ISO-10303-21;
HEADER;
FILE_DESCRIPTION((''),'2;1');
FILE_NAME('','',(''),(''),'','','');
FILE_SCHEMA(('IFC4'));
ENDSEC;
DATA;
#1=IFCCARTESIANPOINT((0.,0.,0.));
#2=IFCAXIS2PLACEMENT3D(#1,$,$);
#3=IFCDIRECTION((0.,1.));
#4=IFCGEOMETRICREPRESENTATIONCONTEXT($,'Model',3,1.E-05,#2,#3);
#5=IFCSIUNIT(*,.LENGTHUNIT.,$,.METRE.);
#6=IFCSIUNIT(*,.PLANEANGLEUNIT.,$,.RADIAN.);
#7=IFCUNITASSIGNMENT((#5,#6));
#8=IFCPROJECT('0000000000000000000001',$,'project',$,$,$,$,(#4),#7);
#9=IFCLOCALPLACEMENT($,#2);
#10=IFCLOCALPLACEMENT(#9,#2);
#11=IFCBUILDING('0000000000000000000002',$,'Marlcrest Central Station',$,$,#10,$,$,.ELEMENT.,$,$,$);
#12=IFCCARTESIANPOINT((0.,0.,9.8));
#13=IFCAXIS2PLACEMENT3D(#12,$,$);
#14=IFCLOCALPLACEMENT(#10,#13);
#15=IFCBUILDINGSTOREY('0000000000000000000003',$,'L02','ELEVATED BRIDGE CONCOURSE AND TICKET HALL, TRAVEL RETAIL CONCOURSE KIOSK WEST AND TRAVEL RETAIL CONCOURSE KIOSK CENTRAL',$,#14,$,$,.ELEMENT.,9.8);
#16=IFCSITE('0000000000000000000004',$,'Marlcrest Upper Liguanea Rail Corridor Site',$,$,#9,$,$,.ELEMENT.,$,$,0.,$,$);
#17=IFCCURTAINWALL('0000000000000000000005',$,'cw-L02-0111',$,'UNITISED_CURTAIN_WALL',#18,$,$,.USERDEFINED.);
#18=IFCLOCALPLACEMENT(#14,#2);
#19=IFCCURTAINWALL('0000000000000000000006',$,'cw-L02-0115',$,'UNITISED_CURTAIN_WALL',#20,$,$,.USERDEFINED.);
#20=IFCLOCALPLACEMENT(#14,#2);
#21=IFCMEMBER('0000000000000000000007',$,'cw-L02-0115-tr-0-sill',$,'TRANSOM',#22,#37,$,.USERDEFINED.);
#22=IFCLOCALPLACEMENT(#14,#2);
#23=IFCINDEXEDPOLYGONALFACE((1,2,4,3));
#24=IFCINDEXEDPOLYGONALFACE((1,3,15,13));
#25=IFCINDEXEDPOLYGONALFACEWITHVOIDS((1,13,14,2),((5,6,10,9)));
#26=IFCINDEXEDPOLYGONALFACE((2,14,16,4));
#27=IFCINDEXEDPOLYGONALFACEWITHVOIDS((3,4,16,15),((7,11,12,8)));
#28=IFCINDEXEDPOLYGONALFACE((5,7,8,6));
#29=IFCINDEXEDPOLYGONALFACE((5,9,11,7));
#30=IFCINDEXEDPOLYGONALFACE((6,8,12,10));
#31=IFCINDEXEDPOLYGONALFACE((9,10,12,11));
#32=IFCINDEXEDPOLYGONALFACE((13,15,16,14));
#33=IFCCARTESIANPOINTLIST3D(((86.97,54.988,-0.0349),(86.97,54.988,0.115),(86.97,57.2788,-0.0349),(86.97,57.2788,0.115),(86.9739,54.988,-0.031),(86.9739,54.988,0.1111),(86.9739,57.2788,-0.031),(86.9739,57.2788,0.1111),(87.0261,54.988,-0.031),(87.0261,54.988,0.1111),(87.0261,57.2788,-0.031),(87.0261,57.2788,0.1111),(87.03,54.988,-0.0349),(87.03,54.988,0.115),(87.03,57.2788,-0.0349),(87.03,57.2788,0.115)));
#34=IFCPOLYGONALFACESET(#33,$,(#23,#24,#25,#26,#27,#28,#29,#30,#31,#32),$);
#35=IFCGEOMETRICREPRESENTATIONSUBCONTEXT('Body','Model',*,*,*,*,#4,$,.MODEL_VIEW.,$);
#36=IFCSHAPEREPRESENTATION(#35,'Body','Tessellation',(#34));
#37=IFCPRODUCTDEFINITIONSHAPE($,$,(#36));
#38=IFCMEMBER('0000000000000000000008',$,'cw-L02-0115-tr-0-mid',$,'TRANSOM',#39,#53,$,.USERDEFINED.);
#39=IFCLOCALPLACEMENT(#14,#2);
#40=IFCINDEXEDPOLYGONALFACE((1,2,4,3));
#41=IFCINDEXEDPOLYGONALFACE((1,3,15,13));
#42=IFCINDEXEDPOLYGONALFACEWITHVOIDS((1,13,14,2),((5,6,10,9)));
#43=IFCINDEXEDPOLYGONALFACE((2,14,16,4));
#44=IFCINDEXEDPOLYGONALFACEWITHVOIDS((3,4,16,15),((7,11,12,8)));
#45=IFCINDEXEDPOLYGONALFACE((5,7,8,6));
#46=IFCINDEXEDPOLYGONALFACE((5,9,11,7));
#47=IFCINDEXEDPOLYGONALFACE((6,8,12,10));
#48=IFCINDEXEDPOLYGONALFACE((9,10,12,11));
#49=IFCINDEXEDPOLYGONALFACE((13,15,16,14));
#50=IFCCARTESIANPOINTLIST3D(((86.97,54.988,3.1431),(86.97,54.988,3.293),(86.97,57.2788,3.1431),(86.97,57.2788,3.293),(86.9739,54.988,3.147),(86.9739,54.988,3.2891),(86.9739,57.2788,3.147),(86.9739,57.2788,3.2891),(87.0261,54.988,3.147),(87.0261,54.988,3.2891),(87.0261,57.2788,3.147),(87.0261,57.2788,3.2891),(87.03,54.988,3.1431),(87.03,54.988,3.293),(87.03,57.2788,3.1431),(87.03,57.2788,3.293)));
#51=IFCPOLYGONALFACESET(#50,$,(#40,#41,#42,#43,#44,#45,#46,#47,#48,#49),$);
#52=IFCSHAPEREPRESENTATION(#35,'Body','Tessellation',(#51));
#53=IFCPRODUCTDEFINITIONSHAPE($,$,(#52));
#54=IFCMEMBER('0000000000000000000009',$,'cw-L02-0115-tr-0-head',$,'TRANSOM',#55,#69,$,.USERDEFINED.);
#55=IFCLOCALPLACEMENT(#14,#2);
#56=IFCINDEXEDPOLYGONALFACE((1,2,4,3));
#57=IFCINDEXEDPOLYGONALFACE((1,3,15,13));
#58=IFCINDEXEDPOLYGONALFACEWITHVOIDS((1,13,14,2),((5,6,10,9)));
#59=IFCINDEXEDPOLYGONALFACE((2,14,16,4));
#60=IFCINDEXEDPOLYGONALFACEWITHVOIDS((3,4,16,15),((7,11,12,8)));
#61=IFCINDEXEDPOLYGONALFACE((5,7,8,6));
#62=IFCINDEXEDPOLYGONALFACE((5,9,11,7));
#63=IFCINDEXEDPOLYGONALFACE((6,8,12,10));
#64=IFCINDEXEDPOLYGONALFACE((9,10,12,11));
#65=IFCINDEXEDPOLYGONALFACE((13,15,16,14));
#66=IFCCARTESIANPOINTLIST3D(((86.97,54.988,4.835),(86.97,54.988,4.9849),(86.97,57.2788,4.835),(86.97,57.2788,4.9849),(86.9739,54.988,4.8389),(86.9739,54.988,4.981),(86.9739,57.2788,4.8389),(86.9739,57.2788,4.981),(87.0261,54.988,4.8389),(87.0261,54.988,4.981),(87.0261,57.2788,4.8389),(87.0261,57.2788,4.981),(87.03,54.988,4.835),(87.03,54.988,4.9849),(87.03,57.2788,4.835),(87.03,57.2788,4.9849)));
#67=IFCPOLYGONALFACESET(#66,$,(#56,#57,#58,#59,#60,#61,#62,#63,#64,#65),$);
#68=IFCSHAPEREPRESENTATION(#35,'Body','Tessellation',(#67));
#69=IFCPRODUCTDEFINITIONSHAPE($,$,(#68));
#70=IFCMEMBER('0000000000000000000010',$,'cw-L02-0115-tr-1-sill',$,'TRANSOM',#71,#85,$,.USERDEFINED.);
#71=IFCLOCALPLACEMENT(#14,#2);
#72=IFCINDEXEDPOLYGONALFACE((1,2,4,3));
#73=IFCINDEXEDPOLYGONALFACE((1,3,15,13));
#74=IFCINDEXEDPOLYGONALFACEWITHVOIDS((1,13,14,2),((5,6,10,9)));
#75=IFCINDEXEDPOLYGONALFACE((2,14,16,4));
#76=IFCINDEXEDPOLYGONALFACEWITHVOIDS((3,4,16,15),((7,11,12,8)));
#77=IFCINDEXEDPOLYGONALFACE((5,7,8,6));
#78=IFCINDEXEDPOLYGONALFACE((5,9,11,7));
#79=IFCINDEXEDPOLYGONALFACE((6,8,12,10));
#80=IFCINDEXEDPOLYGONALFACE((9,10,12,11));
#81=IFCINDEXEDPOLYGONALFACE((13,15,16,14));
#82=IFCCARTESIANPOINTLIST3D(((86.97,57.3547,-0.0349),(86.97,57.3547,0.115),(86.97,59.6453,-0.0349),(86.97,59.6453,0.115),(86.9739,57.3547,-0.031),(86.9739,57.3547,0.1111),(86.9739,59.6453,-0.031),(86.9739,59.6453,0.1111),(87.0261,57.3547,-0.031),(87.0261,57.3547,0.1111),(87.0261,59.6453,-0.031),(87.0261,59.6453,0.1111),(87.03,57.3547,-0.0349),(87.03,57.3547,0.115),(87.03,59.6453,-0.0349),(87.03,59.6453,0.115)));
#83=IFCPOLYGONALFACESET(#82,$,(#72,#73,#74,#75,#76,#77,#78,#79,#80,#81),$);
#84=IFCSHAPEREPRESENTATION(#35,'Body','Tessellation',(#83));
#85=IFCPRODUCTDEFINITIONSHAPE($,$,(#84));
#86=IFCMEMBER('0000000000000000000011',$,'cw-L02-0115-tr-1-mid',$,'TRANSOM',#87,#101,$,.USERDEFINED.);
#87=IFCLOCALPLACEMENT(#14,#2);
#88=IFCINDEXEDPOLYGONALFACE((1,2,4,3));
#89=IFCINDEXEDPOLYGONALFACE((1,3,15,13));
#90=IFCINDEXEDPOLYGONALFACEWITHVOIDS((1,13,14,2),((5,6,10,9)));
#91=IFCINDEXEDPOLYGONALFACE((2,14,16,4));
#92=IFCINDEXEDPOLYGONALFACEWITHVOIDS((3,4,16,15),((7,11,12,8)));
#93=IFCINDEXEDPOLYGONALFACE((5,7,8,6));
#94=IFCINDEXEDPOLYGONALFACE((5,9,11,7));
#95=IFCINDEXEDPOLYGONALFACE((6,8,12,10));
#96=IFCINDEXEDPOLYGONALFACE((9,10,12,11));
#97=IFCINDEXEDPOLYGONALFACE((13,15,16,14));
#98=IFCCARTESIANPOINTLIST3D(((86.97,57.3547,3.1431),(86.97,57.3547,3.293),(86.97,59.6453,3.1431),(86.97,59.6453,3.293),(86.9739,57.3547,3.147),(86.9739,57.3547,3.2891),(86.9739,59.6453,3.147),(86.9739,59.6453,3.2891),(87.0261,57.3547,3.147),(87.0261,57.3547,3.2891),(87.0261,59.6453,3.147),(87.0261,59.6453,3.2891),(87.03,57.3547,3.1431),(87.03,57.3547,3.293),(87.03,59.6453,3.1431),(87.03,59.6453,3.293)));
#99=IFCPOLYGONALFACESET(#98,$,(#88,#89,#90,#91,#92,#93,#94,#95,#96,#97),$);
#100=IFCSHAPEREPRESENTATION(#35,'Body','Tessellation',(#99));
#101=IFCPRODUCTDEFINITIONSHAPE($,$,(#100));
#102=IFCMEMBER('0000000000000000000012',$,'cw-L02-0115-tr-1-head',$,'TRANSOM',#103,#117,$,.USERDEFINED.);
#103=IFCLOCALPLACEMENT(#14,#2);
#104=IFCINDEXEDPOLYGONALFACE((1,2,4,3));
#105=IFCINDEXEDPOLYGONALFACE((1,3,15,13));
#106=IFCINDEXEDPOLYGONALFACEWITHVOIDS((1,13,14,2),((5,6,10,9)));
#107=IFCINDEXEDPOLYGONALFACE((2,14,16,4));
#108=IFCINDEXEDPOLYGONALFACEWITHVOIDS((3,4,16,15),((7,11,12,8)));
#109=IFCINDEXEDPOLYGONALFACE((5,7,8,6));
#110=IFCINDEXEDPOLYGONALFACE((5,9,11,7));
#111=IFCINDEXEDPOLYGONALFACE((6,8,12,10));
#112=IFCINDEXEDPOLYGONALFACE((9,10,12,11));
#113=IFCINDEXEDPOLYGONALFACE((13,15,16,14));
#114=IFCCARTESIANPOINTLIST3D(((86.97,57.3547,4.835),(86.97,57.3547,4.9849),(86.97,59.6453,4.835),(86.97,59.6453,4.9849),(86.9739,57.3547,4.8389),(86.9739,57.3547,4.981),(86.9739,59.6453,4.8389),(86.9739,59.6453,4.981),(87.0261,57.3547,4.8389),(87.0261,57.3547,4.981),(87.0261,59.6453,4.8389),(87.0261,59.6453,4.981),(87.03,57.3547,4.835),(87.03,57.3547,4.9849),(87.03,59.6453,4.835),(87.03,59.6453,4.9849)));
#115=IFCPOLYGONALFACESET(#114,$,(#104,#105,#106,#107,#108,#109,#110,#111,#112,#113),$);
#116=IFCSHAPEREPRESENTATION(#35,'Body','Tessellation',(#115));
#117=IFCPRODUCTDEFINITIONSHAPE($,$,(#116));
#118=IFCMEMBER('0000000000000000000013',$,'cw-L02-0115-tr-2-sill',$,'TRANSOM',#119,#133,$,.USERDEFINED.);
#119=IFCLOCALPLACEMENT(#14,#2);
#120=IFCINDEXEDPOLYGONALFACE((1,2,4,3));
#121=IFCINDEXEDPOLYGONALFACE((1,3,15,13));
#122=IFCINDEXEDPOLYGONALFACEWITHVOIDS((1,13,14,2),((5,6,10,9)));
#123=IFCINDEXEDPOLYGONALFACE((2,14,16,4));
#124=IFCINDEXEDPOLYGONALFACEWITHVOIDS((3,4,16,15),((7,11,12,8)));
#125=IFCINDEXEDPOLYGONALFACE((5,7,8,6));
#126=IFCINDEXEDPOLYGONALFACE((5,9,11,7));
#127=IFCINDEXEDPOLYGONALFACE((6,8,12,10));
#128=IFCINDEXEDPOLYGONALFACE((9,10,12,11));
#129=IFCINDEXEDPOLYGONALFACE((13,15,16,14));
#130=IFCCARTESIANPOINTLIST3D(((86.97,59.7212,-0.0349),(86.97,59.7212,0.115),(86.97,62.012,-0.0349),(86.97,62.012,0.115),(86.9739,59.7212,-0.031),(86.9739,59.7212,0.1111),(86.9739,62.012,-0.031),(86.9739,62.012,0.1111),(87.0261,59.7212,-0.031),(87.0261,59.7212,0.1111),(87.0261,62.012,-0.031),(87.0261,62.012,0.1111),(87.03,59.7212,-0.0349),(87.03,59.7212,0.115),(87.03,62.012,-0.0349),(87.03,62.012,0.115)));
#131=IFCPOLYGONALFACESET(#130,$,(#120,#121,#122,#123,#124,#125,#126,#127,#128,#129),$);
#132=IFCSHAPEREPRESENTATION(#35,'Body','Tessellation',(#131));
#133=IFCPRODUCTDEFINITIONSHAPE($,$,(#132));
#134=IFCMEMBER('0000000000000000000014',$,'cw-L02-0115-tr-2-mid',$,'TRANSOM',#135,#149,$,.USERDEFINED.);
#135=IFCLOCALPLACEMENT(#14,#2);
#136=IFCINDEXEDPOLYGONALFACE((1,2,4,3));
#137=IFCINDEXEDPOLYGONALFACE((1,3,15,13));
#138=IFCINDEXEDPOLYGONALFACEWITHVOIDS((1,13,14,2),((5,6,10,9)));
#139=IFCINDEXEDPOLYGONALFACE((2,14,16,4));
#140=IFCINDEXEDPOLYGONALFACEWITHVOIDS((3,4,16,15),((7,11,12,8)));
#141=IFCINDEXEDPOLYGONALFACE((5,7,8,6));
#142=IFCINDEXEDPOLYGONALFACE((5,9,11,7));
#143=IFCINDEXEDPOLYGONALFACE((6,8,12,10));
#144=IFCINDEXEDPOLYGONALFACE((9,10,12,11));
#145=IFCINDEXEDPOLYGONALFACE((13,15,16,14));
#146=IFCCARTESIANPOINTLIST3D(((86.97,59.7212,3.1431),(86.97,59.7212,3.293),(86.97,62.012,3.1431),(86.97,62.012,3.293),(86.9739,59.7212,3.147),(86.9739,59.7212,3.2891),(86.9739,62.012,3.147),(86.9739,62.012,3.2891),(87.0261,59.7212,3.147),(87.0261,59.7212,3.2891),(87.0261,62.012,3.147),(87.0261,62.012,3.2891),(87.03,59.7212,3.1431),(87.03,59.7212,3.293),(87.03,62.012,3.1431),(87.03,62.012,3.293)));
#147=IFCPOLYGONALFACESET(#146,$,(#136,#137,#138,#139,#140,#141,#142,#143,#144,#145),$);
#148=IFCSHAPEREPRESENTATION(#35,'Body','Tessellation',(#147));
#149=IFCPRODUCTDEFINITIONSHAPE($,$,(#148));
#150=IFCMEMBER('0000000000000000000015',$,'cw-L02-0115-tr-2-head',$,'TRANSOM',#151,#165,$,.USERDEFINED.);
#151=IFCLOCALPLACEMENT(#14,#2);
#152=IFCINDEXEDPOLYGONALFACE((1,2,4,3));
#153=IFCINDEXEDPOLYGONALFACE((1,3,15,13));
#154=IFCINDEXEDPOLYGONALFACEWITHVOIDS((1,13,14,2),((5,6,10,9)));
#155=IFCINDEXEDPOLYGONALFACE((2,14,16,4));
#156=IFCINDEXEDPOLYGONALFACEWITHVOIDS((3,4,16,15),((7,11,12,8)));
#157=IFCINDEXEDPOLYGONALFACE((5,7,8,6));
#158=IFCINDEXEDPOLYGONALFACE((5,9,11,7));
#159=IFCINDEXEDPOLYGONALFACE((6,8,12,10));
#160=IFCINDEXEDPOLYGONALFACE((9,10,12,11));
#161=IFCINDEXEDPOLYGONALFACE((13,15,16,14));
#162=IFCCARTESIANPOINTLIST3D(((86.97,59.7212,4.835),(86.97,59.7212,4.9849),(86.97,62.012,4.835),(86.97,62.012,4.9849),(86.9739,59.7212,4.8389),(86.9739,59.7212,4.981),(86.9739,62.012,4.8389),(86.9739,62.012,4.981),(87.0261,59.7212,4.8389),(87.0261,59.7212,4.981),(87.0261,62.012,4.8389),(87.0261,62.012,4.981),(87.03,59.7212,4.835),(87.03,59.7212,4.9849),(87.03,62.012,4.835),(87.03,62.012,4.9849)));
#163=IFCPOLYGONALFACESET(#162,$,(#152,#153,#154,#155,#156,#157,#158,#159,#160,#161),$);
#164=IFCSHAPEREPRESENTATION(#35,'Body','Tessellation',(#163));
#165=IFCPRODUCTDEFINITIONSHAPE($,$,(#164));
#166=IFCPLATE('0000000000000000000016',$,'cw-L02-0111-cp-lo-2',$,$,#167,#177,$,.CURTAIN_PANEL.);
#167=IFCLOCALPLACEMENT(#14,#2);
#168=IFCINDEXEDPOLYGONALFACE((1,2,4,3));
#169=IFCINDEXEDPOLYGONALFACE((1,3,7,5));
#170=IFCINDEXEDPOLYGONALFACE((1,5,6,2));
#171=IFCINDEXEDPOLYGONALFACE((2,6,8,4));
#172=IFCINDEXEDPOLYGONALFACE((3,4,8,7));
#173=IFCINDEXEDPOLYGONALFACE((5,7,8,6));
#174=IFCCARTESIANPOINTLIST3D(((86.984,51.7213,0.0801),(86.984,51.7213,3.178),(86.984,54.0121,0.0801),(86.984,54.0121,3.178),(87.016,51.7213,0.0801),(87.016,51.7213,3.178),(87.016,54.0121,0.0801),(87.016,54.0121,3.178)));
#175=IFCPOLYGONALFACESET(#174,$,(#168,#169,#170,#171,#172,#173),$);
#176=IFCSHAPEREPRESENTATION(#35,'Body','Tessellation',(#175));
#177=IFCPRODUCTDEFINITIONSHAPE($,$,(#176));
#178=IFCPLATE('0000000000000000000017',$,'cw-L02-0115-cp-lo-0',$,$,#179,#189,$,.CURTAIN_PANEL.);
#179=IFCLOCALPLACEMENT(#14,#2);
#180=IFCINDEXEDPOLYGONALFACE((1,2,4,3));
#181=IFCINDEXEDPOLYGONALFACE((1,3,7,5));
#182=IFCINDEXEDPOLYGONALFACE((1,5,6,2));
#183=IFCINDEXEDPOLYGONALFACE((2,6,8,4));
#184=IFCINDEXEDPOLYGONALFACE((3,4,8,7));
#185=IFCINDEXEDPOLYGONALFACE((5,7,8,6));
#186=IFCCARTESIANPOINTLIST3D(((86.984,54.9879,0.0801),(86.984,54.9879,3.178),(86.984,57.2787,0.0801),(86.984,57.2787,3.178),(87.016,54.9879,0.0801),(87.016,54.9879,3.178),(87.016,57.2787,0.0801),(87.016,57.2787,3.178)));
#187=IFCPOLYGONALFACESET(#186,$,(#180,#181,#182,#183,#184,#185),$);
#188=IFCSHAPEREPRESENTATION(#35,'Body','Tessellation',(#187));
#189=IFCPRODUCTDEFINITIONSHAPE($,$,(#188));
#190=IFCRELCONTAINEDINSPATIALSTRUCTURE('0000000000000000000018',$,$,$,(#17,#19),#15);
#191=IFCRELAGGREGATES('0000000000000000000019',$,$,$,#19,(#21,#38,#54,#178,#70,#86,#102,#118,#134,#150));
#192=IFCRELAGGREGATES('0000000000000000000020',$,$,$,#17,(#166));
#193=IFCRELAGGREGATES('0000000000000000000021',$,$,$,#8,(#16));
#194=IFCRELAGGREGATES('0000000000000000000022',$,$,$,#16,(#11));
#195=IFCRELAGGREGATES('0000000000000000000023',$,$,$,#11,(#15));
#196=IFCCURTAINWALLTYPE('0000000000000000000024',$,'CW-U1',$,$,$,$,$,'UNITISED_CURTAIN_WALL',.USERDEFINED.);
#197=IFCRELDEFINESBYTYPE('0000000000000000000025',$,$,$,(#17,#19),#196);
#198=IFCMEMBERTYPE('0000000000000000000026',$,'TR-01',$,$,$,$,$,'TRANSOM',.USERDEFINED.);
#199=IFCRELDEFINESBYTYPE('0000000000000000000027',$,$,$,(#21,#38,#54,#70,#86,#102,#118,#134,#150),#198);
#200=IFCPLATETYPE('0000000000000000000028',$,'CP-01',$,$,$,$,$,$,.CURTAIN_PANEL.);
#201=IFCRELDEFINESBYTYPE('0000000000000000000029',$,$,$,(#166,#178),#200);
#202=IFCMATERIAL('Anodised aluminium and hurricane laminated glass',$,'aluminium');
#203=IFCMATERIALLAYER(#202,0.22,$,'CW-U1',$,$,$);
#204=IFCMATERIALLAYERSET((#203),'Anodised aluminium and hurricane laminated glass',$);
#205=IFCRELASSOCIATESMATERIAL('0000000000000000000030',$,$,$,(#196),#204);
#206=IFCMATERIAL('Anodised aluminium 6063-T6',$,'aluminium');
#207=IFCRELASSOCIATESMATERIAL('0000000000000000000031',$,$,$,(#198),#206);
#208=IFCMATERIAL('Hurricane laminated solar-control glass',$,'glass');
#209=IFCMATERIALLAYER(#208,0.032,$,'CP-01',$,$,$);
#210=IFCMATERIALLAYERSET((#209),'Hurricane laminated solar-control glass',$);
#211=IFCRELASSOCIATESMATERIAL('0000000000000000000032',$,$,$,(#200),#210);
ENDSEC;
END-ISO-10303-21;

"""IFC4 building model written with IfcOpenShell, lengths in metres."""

from ifc_helpers import new_model, si_unit, direction, frame, origin, origin_2d, place, context, subcontext, project, spatial, rectangle, hollow_rectangle, extrude, material, layer, layer_set, material_profile, profile_set, type_object, element, aggregate, save


model = new_model("IFC4")

# Units and contexts
model_context = context("Model", 3, precision=1e-05, world=origin(), true_north=direction((0.0, 1.0)))
body_context = subcontext(model_context, "Body", "Model", "MODEL_VIEW")
ifc_project = project(units=[si_unit("LENGTHUNIT", "METRE"), si_unit("PLANEANGLEUNIT", "RADIAN")], contexts=[model_context])

# Site, building, storey
site_placement = place(None, origin())
site = spatial("IfcSite", under=ifc_project, at=site_placement, Name="Marlcrest Upper Liguanea Rail Corridor Site", CompositionType="ELEMENT", RefElevation=0.0)
building_placement = place(site_placement, origin())
building = spatial("IfcBuilding", under=site, at=building_placement, Name="Marlcrest Central Station", CompositionType="ELEMENT")
storey_placement = place(building_placement, frame((0.0, 0.0, 9.8)))
storey = spatial("IfcBuildingStorey", under=building, at=storey_placement, Name="L02", Description="ELEVATED BRIDGE CONCOURSE AND TICKET HALL, TRAVEL RETAIL CONCOURSE KIOSK WEST AND TRAVEL RETAIL CONCOURSE KIOSK CENTRAL", CompositionType="ELEMENT", Elevation=9.8)

# Curtain wall
ifc_material_1 = material(Name="Anodised aluminium and hurricane laminated glass", Category="aluminium")
ifc_layer_1 = layer(ifc_material_1, 0.22, Name="CW-U1")
ifc_layer_set_1 = layer_set([ifc_layer_1], Name="Anodised aluminium and hurricane laminated glass")
curtain_wall_type = type_object("IfcCurtainWallType", Name="CW-U1", ElementType="UNITISED_CURTAIN_WALL", PredefinedType="USERDEFINED", material=ifc_layer_set_1)
curtain_wall_1_placement = place(storey_placement, origin())
curtain_wall_1 = element("IfcCurtainWall", 1, at=curtain_wall_1_placement, inside=storey, type_object=curtain_wall_type, Name="cw-L02-0111", ObjectType="UNITISED_CURTAIN_WALL", PredefinedType="USERDEFINED")
ifc_material_2 = material(Name="Anodised aluminium 6063-T6", Category="aluminium")

# Curtain wall, members
curtain_wall_2_placement = place(storey_placement, origin())
curtain_wall_2 = element("IfcCurtainWall", 2, at=curtain_wall_2_placement, inside=storey, type_object=curtain_wall_type, Name="cw-L02-0115", ObjectType="UNITISED_CURTAIN_WALL", PredefinedType="USERDEFINED")
ifc_material_profile_1 = material_profile(ifc_material_2, hollow_rectangle(XDim=0.0601, YDim=0.1499, WallThickness=0.0039, at=origin_2d()), Name="AA-RHS 150x60x4")
ifc_profile_set_1 = profile_set([ifc_material_profile_1], Name="Anodised aluminium 6063-T6")
member_type_1 = type_object("IfcMemberType", Name="TR-01", ElementType="TRANSOM", PredefinedType="USERDEFINED", material=ifc_profile_set_1)
member_1_placement = place(storey_placement, frame((87.0, 54.988, 0.04), z_axis=(0.0, 1.0, 0.0), x_axis=(-1.0, 0.0, 0.0)))
member_1 = element("IfcMember", 3, at=member_1_placement, type_object=member_type_1, Name="cw-L02-0115-tr-0-sill", ObjectType="TRANSOM", PredefinedType="USERDEFINED", context=body_context, shape_type="SweptSolid", body=[
    extrude(hollow_rectangle(XDim=0.0601, YDim=0.1499, WallThickness=0.0039, at=origin_2d()), origin(), (0.0, 0.0, 1.0), 2.2908),
])
member_2_placement = place(storey_placement, frame((87.0, 54.988, 3.218), z_axis=(0.0, 1.0, 0.0), x_axis=(-1.0, 0.0, 0.0)))
member_2 = element("IfcMember", 4, at=member_2_placement, type_object=member_type_1, Name="cw-L02-0115-tr-0-mid", ObjectType="TRANSOM", PredefinedType="USERDEFINED", context=body_context, shape_type="SweptSolid", body=[
    extrude(hollow_rectangle(XDim=0.0601, YDim=0.1499, WallThickness=0.0039, at=origin_2d()), origin(), (0.0, 0.0, 1.0), 2.2908),
])
member_3_placement = place(storey_placement, frame((87.0, 54.988, 4.9099), z_axis=(0.0, 1.0, 0.0), x_axis=(-1.0, 0.0, 0.0)))
member_3 = element("IfcMember", 5, at=member_3_placement, type_object=member_type_1, Name="cw-L02-0115-tr-0-head", ObjectType="TRANSOM", PredefinedType="USERDEFINED", context=body_context, shape_type="SweptSolid", body=[
    extrude(hollow_rectangle(XDim=0.0601, YDim=0.1499, WallThickness=0.0039, at=origin_2d()), origin(), (0.0, 0.0, 1.0), 2.2908),
])
member_4_placement = place(storey_placement, frame((87.0, 57.3547, 0.04), z_axis=(0.0, 1.0, 0.0), x_axis=(-1.0, 0.0, 0.0)))
member_4 = element("IfcMember", 6, at=member_4_placement, type_object=member_type_1, Name="cw-L02-0115-tr-1-sill", ObjectType="TRANSOM", PredefinedType="USERDEFINED", context=body_context, shape_type="SweptSolid", body=[
    extrude(hollow_rectangle(XDim=0.0601, YDim=0.1499, WallThickness=0.0039, at=origin_2d()), origin(), (0.0, 0.0, 1.0), 2.2905),
])
member_5_placement = place(storey_placement, frame((87.0, 57.3547, 3.218), z_axis=(0.0, 1.0, 0.0), x_axis=(-1.0, 0.0, 0.0)))
member_5 = element("IfcMember", 7, at=member_5_placement, type_object=member_type_1, Name="cw-L02-0115-tr-1-mid", ObjectType="TRANSOM", PredefinedType="USERDEFINED", context=body_context, shape_type="SweptSolid", body=[
    extrude(hollow_rectangle(XDim=0.0601, YDim=0.1499, WallThickness=0.0039, at=origin_2d()), origin(), (0.0, 0.0, 1.0), 2.2905),
])
member_6_placement = place(storey_placement, frame((87.0, 57.3547, 4.9099), z_axis=(0.0, 1.0, 0.0), x_axis=(-1.0, 0.0, 0.0)))
member_6 = element("IfcMember", 8, at=member_6_placement, type_object=member_type_1, Name="cw-L02-0115-tr-1-head", ObjectType="TRANSOM", PredefinedType="USERDEFINED", context=body_context, shape_type="SweptSolid", body=[
    extrude(hollow_rectangle(XDim=0.0601, YDim=0.1499, WallThickness=0.0039, at=origin_2d()), origin(), (0.0, 0.0, 1.0), 2.2905),
])
member_7_placement = place(storey_placement, frame((87.0, 59.7212, 0.04), z_axis=(0.0, 1.0, 0.0), x_axis=(-1.0, 0.0, 0.0)))
member_7 = element("IfcMember", 9, at=member_7_placement, type_object=member_type_1, Name="cw-L02-0115-tr-2-sill", ObjectType="TRANSOM", PredefinedType="USERDEFINED", context=body_context, shape_type="SweptSolid", body=[
    extrude(hollow_rectangle(XDim=0.0601, YDim=0.1499, WallThickness=0.0039, at=origin_2d()), origin(), (0.0, 0.0, 1.0), 2.2908),
])
member_8_placement = place(storey_placement, frame((87.0, 59.7212, 3.218), z_axis=(0.0, 1.0, 0.0), x_axis=(-1.0, 0.0, 0.0)))
member_8 = element("IfcMember", 10, at=member_8_placement, type_object=member_type_1, Name="cw-L02-0115-tr-2-mid", ObjectType="TRANSOM", PredefinedType="USERDEFINED", context=body_context, shape_type="SweptSolid", body=[
    extrude(hollow_rectangle(XDim=0.0601, YDim=0.1499, WallThickness=0.0039, at=origin_2d()), origin(), (0.0, 0.0, 1.0), 2.2908),
])
member_9_placement = place(storey_placement, frame((87.0, 59.7212, 4.9099), z_axis=(0.0, 1.0, 0.0), x_axis=(-1.0, 0.0, 0.0)))
member_9 = element("IfcMember", 11, at=member_9_placement, type_object=member_type_1, Name="cw-L02-0115-tr-2-head", ObjectType="TRANSOM", PredefinedType="USERDEFINED", context=body_context, shape_type="SweptSolid", body=[
    extrude(hollow_rectangle(XDim=0.0601, YDim=0.1499, WallThickness=0.0039, at=origin_2d()), origin(), (0.0, 0.0, 1.0), 2.2908),
])

# Plates
ifc_material_3 = material(Name="Hurricane laminated solar-control glass", Category="glass")
ifc_layer_2 = layer(ifc_material_3, 0.032, Name="CP-01")
ifc_layer_set_2 = layer_set([ifc_layer_2], Name="Hurricane laminated solar-control glass")
plate_type_1 = type_object("IfcPlateType", Name="CP-01", PredefinedType="CURTAIN_PANEL", material=ifc_layer_set_2)
plate_1_placement = place(storey_placement, frame((87.0, 52.8667, 0.0801), z_axis=(0.0, 0.0, 1.0), x_axis=(0.0, 1.0, 0.0)))
plate_1 = element("IfcPlate", 12, at=plate_1_placement, type_object=plate_type_1, Name="cw-L02-0111-cp-lo-2", PredefinedType="CURTAIN_PANEL", context=body_context, shape_type="SweptSolid", body=[
    extrude(rectangle(XDim=2.2908, YDim=0.032, at=origin_2d()), origin(), (0.0, 0.0, 1.0), 3.0979),
])
plate_2_placement = place(storey_placement, frame((87.0, 56.1333, 0.0801), z_axis=(0.0, 0.0, 1.0), x_axis=(0.0, 1.0, 0.0)))
plate_2 = element("IfcPlate", 13, at=plate_2_placement, type_object=plate_type_1, Name="cw-L02-0115-cp-lo-0", PredefinedType="CURTAIN_PANEL", context=body_context, shape_type="SweptSolid", body=[
    extrude(rectangle(XDim=2.2908, YDim=0.032, at=origin_2d()), origin(), (0.0, 0.0, 1.0), 3.0979),
])
aggregate(curtain_wall_2, [member_1, member_2, member_3, plate_2, member_4, member_5, member_6, member_7, member_8, member_9])
aggregate(curtain_wall_1, [plate_1])

save(model, "model.ifc")
